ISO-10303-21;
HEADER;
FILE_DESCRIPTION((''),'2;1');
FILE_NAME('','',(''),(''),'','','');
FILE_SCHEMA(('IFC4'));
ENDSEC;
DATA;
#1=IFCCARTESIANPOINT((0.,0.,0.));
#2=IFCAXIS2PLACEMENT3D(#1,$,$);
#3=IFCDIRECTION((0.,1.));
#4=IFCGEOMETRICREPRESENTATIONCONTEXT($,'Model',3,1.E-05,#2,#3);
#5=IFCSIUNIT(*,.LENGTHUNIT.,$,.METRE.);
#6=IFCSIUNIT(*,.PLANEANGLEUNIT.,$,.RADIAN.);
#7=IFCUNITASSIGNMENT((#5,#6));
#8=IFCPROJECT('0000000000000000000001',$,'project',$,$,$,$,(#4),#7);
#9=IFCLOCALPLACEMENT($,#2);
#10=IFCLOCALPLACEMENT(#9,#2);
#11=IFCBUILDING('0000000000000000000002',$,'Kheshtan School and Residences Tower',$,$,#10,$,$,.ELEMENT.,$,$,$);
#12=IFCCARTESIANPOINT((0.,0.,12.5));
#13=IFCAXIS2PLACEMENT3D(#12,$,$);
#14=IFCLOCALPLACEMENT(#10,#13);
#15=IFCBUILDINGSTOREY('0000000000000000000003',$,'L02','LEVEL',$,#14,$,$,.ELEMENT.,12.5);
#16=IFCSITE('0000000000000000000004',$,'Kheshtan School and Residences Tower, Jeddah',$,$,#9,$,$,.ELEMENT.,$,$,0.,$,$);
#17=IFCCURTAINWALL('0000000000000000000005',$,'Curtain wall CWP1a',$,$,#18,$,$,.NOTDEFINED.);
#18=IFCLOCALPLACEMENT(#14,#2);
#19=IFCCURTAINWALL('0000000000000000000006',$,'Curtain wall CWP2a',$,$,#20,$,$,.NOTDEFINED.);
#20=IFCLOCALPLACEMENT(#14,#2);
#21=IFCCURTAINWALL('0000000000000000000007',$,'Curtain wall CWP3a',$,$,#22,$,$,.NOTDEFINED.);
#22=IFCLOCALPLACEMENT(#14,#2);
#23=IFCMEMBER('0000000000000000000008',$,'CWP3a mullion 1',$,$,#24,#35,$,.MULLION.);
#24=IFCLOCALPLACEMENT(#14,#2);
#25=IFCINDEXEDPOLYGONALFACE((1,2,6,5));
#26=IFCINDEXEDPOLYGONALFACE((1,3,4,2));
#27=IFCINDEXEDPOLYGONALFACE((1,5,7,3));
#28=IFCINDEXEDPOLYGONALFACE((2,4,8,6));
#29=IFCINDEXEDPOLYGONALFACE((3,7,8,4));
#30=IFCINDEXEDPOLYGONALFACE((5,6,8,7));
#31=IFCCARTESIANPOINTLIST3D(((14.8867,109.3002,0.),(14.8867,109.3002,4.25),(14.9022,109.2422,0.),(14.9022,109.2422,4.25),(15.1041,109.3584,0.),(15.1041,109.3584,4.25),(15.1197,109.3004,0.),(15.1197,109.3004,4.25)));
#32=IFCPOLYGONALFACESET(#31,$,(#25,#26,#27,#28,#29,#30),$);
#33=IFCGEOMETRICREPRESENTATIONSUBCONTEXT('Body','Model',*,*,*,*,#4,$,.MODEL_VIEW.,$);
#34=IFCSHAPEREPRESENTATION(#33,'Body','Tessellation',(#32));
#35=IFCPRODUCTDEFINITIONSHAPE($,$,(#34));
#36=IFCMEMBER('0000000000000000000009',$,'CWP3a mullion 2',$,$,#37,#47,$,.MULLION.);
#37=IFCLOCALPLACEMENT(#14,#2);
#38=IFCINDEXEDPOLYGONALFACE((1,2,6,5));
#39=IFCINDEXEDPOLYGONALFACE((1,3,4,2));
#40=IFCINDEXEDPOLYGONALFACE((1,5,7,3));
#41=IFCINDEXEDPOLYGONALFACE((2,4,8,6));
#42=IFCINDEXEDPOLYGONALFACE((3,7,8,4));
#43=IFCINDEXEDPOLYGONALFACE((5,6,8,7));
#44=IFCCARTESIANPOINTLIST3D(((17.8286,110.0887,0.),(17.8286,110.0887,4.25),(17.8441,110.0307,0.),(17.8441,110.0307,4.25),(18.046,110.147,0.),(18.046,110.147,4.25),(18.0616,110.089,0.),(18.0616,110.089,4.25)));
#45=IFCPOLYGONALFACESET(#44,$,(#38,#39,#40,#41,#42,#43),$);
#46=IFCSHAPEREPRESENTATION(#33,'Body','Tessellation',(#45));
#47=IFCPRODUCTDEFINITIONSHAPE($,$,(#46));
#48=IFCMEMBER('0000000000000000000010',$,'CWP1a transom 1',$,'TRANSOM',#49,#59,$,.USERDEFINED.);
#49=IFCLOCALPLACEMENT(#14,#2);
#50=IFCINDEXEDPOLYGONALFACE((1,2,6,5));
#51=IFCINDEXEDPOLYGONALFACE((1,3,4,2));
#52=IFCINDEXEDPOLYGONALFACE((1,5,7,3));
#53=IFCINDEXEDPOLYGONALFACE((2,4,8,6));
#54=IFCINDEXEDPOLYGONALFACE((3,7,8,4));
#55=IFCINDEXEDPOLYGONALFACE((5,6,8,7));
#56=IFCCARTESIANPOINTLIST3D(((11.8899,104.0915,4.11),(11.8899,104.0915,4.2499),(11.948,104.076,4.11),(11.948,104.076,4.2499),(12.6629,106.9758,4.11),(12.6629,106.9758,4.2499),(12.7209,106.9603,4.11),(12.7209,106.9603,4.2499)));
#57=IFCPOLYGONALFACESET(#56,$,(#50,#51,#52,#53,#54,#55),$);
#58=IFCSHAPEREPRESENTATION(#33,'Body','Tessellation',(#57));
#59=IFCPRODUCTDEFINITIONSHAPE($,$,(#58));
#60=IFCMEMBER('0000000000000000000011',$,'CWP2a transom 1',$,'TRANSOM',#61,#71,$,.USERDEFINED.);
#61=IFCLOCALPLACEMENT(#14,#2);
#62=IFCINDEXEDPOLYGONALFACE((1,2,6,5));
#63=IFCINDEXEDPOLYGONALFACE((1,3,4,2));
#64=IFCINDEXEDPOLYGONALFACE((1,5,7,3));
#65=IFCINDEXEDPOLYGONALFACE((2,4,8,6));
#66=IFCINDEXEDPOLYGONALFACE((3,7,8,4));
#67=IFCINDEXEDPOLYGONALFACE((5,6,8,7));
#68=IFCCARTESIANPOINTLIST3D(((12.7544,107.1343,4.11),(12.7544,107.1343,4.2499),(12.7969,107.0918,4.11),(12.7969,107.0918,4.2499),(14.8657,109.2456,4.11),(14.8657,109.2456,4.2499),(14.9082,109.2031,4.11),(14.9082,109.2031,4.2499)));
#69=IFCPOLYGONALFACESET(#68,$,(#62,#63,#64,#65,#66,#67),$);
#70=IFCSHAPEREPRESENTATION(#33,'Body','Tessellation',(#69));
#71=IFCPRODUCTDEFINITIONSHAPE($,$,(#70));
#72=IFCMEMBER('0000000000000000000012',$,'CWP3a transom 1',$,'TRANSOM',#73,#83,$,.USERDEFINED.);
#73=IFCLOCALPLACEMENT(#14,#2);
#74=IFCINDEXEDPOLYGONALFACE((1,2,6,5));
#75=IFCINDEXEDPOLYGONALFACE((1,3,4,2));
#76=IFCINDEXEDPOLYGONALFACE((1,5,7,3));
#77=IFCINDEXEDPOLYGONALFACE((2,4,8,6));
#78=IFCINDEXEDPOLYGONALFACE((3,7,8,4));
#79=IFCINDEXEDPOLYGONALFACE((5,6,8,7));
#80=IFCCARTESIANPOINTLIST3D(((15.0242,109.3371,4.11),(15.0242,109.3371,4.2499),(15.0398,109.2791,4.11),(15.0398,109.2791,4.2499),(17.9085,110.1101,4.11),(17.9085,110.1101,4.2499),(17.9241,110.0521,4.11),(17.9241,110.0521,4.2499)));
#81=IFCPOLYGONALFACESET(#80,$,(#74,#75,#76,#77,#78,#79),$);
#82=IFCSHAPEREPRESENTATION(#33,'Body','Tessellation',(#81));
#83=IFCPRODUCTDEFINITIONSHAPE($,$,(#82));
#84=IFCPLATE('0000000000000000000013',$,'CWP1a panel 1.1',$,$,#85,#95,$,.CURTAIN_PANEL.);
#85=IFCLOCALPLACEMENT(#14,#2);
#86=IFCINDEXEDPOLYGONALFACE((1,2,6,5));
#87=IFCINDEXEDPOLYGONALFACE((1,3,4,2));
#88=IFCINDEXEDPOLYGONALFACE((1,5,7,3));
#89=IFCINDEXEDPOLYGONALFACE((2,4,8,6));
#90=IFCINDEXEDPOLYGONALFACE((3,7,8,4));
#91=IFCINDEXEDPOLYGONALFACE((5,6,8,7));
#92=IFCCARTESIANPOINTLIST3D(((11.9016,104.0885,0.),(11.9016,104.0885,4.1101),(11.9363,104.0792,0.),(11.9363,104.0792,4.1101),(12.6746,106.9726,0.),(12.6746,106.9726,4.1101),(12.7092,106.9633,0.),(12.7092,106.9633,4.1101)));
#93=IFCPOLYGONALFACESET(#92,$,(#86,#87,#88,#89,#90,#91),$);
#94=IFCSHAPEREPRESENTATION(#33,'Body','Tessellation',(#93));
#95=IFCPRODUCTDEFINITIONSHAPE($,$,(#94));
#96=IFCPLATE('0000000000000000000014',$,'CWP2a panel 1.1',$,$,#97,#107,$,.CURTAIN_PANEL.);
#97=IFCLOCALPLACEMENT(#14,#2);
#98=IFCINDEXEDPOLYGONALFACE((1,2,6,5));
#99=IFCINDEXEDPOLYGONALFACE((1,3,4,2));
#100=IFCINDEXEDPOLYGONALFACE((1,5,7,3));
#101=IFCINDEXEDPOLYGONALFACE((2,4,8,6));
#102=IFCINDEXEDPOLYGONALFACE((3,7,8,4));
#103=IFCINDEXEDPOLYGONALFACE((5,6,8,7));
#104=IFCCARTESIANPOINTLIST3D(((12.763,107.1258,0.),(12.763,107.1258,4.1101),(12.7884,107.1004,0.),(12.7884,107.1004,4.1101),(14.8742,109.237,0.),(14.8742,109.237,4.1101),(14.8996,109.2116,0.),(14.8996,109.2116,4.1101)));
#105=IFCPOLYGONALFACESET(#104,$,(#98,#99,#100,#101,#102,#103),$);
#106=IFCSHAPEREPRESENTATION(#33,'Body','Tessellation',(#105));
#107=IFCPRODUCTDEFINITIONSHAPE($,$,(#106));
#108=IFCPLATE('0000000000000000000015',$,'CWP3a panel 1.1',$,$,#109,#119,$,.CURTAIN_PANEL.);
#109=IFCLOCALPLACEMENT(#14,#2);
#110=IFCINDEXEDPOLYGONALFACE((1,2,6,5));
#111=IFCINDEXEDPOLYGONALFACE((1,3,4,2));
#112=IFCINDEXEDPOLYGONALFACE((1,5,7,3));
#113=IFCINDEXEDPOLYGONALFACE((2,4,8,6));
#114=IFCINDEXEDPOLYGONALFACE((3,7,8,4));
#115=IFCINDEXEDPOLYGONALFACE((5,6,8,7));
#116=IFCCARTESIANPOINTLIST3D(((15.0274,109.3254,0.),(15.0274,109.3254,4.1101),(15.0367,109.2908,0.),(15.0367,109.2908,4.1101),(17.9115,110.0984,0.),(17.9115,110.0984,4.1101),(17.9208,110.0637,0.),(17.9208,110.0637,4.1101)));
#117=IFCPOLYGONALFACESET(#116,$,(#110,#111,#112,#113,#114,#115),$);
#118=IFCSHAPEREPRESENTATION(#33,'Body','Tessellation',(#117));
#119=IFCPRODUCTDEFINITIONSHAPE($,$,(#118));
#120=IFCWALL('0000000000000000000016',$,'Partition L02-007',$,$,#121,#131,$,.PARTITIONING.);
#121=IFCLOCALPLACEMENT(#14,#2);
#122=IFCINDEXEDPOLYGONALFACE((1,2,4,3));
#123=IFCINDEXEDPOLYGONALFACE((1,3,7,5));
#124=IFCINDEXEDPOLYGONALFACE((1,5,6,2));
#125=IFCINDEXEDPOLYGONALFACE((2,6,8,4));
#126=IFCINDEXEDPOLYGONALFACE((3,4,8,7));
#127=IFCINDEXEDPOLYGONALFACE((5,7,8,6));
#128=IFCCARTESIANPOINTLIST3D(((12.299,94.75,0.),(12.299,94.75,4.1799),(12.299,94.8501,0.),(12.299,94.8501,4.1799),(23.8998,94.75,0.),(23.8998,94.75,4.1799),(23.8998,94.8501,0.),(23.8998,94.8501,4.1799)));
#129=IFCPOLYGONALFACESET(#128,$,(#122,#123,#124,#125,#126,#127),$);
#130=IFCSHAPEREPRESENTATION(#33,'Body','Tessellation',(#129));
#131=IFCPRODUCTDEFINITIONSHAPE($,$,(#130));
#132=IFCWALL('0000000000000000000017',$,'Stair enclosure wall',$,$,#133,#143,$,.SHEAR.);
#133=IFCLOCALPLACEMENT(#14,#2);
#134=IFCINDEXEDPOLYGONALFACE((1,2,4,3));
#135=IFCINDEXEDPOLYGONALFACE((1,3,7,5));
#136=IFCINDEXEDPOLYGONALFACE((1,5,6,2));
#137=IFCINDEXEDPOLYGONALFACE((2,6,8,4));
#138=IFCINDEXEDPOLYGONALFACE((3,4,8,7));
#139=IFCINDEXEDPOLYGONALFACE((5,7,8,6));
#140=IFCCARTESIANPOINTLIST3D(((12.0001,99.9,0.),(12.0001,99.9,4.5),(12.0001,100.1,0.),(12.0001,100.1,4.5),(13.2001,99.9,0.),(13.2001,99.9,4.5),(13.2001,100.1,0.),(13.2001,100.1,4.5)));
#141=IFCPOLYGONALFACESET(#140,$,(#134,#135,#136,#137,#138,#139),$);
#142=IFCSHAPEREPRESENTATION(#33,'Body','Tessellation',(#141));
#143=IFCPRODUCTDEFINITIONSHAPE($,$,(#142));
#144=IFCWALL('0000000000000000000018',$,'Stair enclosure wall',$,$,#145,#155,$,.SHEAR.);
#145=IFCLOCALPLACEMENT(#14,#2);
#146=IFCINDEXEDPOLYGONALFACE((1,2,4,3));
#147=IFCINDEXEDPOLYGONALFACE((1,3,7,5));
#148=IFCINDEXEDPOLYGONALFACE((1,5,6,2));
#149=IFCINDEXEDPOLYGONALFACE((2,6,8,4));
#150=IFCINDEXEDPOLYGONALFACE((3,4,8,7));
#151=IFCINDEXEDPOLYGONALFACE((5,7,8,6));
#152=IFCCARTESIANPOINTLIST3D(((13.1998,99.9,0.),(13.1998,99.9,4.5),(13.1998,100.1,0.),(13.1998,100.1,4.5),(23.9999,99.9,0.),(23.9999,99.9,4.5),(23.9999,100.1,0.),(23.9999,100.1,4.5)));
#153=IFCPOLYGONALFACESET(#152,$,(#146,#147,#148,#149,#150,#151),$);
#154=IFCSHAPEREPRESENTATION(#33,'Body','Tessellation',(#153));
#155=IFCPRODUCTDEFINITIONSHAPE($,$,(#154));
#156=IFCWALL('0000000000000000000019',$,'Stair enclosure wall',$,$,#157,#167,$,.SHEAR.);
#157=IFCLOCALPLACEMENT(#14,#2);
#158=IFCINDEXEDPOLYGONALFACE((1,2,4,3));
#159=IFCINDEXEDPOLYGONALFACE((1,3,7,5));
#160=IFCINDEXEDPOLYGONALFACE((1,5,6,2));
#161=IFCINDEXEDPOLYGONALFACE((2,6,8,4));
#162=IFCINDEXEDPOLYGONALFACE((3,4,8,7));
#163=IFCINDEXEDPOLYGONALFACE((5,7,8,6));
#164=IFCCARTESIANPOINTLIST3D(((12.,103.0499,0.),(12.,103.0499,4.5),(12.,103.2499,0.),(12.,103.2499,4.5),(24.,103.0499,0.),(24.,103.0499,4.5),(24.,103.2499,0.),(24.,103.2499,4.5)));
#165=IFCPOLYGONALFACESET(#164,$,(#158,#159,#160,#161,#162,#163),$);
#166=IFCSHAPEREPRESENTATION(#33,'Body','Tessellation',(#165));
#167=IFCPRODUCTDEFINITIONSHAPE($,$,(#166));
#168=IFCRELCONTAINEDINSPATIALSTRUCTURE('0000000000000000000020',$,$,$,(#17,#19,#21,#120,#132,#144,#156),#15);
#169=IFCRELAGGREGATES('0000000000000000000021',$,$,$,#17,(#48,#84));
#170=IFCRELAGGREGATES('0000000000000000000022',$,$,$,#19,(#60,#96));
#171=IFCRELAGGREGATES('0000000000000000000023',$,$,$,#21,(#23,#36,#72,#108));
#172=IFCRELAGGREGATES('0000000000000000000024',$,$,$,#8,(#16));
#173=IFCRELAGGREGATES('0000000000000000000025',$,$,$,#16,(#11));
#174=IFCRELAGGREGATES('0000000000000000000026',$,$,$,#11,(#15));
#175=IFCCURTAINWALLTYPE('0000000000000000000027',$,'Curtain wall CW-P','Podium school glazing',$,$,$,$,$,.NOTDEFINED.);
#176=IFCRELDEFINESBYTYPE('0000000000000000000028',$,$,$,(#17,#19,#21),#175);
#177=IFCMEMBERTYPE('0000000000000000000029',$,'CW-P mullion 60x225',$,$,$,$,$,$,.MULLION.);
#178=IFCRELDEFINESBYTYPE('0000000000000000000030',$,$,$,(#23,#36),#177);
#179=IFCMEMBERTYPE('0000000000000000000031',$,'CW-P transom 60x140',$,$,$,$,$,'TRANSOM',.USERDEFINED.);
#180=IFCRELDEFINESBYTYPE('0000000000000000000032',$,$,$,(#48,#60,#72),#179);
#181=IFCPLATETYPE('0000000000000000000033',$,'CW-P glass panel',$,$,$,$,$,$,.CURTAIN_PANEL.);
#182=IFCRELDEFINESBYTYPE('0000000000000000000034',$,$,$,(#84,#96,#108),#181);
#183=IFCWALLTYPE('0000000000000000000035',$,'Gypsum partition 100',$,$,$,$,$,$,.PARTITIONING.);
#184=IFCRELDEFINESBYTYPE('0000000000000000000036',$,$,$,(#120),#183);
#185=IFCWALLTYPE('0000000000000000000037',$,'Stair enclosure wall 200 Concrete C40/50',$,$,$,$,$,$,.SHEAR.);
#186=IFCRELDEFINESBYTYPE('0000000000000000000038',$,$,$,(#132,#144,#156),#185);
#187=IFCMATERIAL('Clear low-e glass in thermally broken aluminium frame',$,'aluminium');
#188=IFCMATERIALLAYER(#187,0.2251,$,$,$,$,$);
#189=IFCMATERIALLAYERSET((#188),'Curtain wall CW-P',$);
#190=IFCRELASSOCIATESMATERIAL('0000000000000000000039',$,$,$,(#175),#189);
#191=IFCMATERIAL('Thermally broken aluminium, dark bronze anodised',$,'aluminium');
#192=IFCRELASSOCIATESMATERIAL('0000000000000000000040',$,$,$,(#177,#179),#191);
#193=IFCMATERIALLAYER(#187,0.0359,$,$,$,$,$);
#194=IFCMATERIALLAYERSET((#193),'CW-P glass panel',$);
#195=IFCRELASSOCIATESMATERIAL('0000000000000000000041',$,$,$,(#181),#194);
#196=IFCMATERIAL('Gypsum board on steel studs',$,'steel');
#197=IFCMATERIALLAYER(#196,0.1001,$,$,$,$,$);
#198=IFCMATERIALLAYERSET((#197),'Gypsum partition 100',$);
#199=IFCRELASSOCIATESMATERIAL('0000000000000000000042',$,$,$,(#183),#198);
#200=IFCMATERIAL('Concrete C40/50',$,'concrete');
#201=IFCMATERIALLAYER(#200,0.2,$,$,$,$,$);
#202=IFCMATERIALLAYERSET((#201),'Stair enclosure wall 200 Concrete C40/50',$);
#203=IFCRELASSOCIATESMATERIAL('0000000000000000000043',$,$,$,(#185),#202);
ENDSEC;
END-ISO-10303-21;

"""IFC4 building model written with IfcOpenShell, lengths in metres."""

from ifc_helpers import new_model, si_unit, direction, frame, frame_2d, origin, origin_2d, place, context, subcontext, project, spatial, rectangle, extrude, material, layer, layer_set, material_profile, profile_set, type_object, element, aggregate, save


model = new_model("IFC4")

# Units and contexts
model_context = context("Model", 3, precision=1e-05, world=origin(), true_north=direction((0.0, 1.0)))
body_context = subcontext(model_context, "Body", "Model", "MODEL_VIEW")
ifc_project = project(units=[si_unit("LENGTHUNIT", "METRE"), si_unit("PLANEANGLEUNIT", "RADIAN")], contexts=[model_context])

# Site, building, storey
site_placement = place(None, origin())
site = spatial("IfcSite", under=ifc_project, at=site_placement, Name="Kheshtan School and Residences Tower, Jeddah", CompositionType="ELEMENT", RefElevation=0.0)
building_placement = place(site_placement, origin())
building = spatial("IfcBuilding", under=site, at=building_placement, Name="Kheshtan School and Residences Tower", CompositionType="ELEMENT")
storey_placement = place(building_placement, frame((0.0, 0.0, 12.5)))
storey = spatial("IfcBuildingStorey", under=building, at=storey_placement, Name="L02", Description="LEVEL", CompositionType="ELEMENT", Elevation=12.5)

# Curtain walls, members
ifc_material_1 = material(Name="Clear low-e glass in thermally broken aluminium frame", Category="aluminium")
ifc_layer_1 = layer(ifc_material_1, 0.2251)
ifc_layer_set_1 = layer_set([ifc_layer_1], Name="Curtain wall CW-P")
curtain_wall_type = type_object("IfcCurtainWallType", Name="Curtain wall CW-P", Description="Podium school glazing", PredefinedType="NOTDEFINED", material=ifc_layer_set_1)
curtain_wall_1_placement = place(storey_placement, origin())
curtain_wall_1 = element("IfcCurtainWall", 1, at=curtain_wall_1_placement, inside=storey, type_object=curtain_wall_type, Name="Curtain wall CWP1a", PredefinedType="NOTDEFINED")
ifc_material_2 = material(Name="Thermally broken aluminium, dark bronze anodised", Category="aluminium")
ifc_material_profile_1 = material_profile(ifc_material_2, rectangle(XDim=0.0601, YDim=0.2251, at=origin_2d()), Name="CW-P mullion 60x225")
ifc_profile_set_1 = profile_set([ifc_material_profile_1], Name="Thermally broken aluminium, dark bronze anodised")
member_type_1 = type_object("IfcMemberType", Name="CW-P mullion 60x225", PredefinedType="MULLION", material=ifc_profile_set_1)
curtain_wall_2_placement = place(storey_placement, origin())
curtain_wall_2 = element("IfcCurtainWall", 2, at=curtain_wall_2_placement, inside=storey, type_object=curtain_wall_type, Name="Curtain wall CWP2a", PredefinedType="NOTDEFINED")
curtain_wall_3_placement = place(storey_placement, origin())
curtain_wall_3 = element("IfcCurtainWall", 3, at=curtain_wall_3_placement, inside=storey, type_object=curtain_wall_type, Name="Curtain wall CWP3a", PredefinedType="NOTDEFINED")
member_1_placement = place(storey_placement, frame((15.0032, 109.3003, 0.0), z_axis=(0.0, 0.0, 1.0), x_axis=(-0.258865, 0.965914, 0.0)))
member_1 = element("IfcMember", 4, at=member_1_placement, type_object=member_type_1, Name="CWP3a mullion 1", PredefinedType="MULLION", context=body_context, shape_type="SweptSolid", body=[
    extrude(rectangle(XDim=0.0601, YDim=0.2251, at=origin_2d()), origin(), (0.0, 0.0, 1.0), 4.25),
])
member_2_placement = place(storey_placement, frame((17.9451, 110.0889, 0.0), z_axis=(0.0, 0.0, 1.0), x_axis=(-0.258865, 0.965914, 0.0)))
member_2 = element("IfcMember", 5, at=member_2_placement, type_object=member_type_1, Name="CWP3a mullion 2", PredefinedType="MULLION", context=body_context, shape_type="SweptSolid", body=[
    extrude(rectangle(XDim=0.0601, YDim=0.2251, at=origin_2d()), origin(), (0.0, 0.0, 1.0), 4.25),
])

# Members
ifc_material_profile_2 = material_profile(ifc_material_2, rectangle(XDim=0.0601, YDim=0.1399, at=origin_2d()), Name="CW-P transom 60x140")
ifc_profile_set_2 = profile_set([ifc_material_profile_2], Name="Thermally broken aluminium, dark bronze anodised")
member_type_2 = type_object("IfcMemberType", Name="CW-P transom 60x140", ElementType="TRANSOM", PredefinedType="USERDEFINED", material=ifc_profile_set_2)
member_3_placement = place(storey_placement, frame((11.9189, 104.0837, 4.1799), z_axis=(0.258853, 0.965917, 0.0), x_axis=(-0.965917, 0.258853, 0.0)))
member_3 = element("IfcMember", 6, at=member_3_placement, type_object=member_type_2, Name="CWP1a transom 1", ObjectType="TRANSOM", PredefinedType="USERDEFINED", context=body_context, shape_type="SweptSolid", body=[
    extrude(rectangle(XDim=0.0601, YDim=0.1399, at=origin_2d()), origin(), (0.0, 0.0, 1.0), 2.9861),
])
member_4_placement = place(storey_placement, frame((12.7756, 107.113, 4.1799), z_axis=(0.707107, 0.707107, 0.0), x_axis=(-0.707107, 0.707107, 0.0)))
member_4 = element("IfcMember", 7, at=member_4_placement, type_object=member_type_2, Name="CWP2a transom 1", ObjectType="TRANSOM", PredefinedType="USERDEFINED", context=body_context, shape_type="SweptSolid", body=[
    extrude(rectangle(XDim=0.0601, YDim=0.1399, at=origin_2d()), origin(), (0.0, 0.0, 1.0), 2.9858),
])
member_5_placement = place(storey_placement, frame((15.032, 109.3081, 4.1799), z_axis=(0.965917, 0.258853, 0.0), x_axis=(-0.258853, 0.965917, 0.0)))
member_5 = element("IfcMember", 8, at=member_5_placement, type_object=member_type_2, Name="CWP3a transom 1", ObjectType="TRANSOM", PredefinedType="USERDEFINED", context=body_context, shape_type="SweptSolid", body=[
    extrude(rectangle(XDim=0.0601, YDim=0.1399, at=origin_2d()), origin(), (0.0, 0.0, 1.0), 2.9861),
])

# Plates
ifc_layer_2 = layer(ifc_material_1, 0.0359)
ifc_layer_set_2 = layer_set([ifc_layer_2], Name="CW-P glass panel")
plate_type = type_object("IfcPlateType", Name="CW-P glass panel", PredefinedType="CURTAIN_PANEL", material=ifc_layer_set_2)
plate_1_placement = place(storey_placement, frame((12.3054, 105.5259, 0.0), z_axis=(0.0, 0.0, 1.0), x_axis=(0.258865, 0.965914, 0.0)))
plate_1 = element("IfcPlate", 9, at=plate_1_placement, type_object=plate_type, Name="CWP1a panel 1.1", PredefinedType="CURTAIN_PANEL", context=body_context, shape_type="SweptSolid", body=[
    extrude(rectangle(XDim=2.9858, YDim=0.0359, at=origin_2d()), origin(), (0.0, 0.0, 1.0), 4.1101),
])
aggregate(curtain_wall_1, [member_3, plate_1])
plate_2_placement = place(storey_placement, frame((13.8313, 108.1687, 0.0), z_axis=(0.0, 0.0, 1.0), x_axis=(0.707107, 0.707107, 0.0)))
plate_2 = element("IfcPlate", 10, at=plate_2_placement, type_object=plate_type, Name="CWP2a panel 1.1", PredefinedType="CURTAIN_PANEL", context=body_context, shape_type="SweptSolid", body=[
    extrude(rectangle(XDim=2.9856, YDim=0.0359, at=origin_2d()), origin(), (0.0, 0.0, 1.0), 4.1101),
])
aggregate(curtain_wall_2, [member_4, plate_2])
plate_3_placement = place(storey_placement, frame((16.4741, 109.6946, 0.0), z_axis=(0.0, 0.0, 1.0), x_axis=(0.965914, 0.258865, 0.0)))
plate_3 = element("IfcPlate", 11, at=plate_3_placement, type_object=plate_type, Name="CWP3a panel 1.1", PredefinedType="CURTAIN_PANEL", context=body_context, shape_type="SweptSolid", body=[
    extrude(rectangle(XDim=2.9858, YDim=0.0359, at=origin_2d()), origin(), (0.0, 0.0, 1.0), 4.1101),
])
aggregate(curtain_wall_3, [member_1, member_2, member_5, plate_3])

# Walls
ifc_material_3 = material(Name="Gypsum board on steel studs", Category="steel")
ifc_layer_3 = layer(ifc_material_3, 0.1001)
ifc_layer_set_3 = layer_set([ifc_layer_3], Name="Gypsum partition 100")
wall_type_1 = type_object("IfcWallType", Name="Gypsum partition 100", PredefinedType="PARTITIONING", material=ifc_layer_set_3)
wall_1_placement = place(storey_placement, frame((12.2991, 94.8, 0.0), z_axis=(0.0, 0.0, 1.0), x_axis=(1.0, 0.0, 0.0)))
element("IfcWall", 12, at=wall_1_placement, inside=storey, type_object=wall_type_1, Name="Partition L02-007", PredefinedType="PARTITIONING", context=body_context, shape_type="SweptSolid", body=[
    extrude(rectangle(XDim=11.6008, YDim=0.1001, at=frame_2d((5.8003, 0.0))), origin(), (0.0, 0.0, 1.0), 4.1799),
])
ifc_material_4 = material(Name="Concrete C40/50", Category="concrete")
ifc_layer_4 = layer(ifc_material_4, 0.2)
ifc_layer_set_4 = layer_set([ifc_layer_4], Name="Stair enclosure wall 200 Concrete C40/50")
wall_type_2 = type_object("IfcWallType", Name="Stair enclosure wall 200 Concrete C40/50", PredefinedType="SHEAR", material=ifc_layer_set_4)
wall_2_placement = place(storey_placement, frame((12.0, 100.0, 0.0), z_axis=(0.0, 0.0, 1.0), x_axis=(1.0, 0.0, 0.0)))
element("IfcWall", 13, at=wall_2_placement, inside=storey, type_object=wall_type_2, Name="Stair enclosure wall", PredefinedType="SHEAR", context=body_context, shape_type="SweptSolid", body=[
    extrude(rectangle(XDim=1.2, YDim=0.2, at=frame_2d((0.6001, 0.0))), origin(), (0.0, 0.0, 1.0), 4.5),
])
wall_3_placement = place(storey_placement, frame((13.2, 100.0, 0.0), z_axis=(0.0, 0.0, 1.0), x_axis=(1.0, 0.0, 0.0)))
element("IfcWall", 14, at=wall_3_placement, inside=storey, type_object=wall_type_2, Name="Stair enclosure wall", PredefinedType="SHEAR", context=body_context, shape_type="SweptSolid", body=[
    extrude(rectangle(XDim=10.8, YDim=0.2, at=frame_2d((5.3999, 0.0))), origin(), (0.0, 0.0, 1.0), 4.5),
])
wall_4_placement = place(storey_placement, frame((12.0, 103.1499, 0.0), z_axis=(0.0, 0.0, 1.0), x_axis=(1.0, 0.0, 0.0)))
element("IfcWall", 15, at=wall_4_placement, inside=storey, type_object=wall_type_2, Name="Stair enclosure wall", PredefinedType="SHEAR", context=body_context, shape_type="SweptSolid", body=[
    extrude(rectangle(XDim=12.0, YDim=0.2, at=frame_2d((6.0, 0.0))), origin(), (0.0, 0.0, 1.0), 4.5),
])

save(model, "model.ifc")
